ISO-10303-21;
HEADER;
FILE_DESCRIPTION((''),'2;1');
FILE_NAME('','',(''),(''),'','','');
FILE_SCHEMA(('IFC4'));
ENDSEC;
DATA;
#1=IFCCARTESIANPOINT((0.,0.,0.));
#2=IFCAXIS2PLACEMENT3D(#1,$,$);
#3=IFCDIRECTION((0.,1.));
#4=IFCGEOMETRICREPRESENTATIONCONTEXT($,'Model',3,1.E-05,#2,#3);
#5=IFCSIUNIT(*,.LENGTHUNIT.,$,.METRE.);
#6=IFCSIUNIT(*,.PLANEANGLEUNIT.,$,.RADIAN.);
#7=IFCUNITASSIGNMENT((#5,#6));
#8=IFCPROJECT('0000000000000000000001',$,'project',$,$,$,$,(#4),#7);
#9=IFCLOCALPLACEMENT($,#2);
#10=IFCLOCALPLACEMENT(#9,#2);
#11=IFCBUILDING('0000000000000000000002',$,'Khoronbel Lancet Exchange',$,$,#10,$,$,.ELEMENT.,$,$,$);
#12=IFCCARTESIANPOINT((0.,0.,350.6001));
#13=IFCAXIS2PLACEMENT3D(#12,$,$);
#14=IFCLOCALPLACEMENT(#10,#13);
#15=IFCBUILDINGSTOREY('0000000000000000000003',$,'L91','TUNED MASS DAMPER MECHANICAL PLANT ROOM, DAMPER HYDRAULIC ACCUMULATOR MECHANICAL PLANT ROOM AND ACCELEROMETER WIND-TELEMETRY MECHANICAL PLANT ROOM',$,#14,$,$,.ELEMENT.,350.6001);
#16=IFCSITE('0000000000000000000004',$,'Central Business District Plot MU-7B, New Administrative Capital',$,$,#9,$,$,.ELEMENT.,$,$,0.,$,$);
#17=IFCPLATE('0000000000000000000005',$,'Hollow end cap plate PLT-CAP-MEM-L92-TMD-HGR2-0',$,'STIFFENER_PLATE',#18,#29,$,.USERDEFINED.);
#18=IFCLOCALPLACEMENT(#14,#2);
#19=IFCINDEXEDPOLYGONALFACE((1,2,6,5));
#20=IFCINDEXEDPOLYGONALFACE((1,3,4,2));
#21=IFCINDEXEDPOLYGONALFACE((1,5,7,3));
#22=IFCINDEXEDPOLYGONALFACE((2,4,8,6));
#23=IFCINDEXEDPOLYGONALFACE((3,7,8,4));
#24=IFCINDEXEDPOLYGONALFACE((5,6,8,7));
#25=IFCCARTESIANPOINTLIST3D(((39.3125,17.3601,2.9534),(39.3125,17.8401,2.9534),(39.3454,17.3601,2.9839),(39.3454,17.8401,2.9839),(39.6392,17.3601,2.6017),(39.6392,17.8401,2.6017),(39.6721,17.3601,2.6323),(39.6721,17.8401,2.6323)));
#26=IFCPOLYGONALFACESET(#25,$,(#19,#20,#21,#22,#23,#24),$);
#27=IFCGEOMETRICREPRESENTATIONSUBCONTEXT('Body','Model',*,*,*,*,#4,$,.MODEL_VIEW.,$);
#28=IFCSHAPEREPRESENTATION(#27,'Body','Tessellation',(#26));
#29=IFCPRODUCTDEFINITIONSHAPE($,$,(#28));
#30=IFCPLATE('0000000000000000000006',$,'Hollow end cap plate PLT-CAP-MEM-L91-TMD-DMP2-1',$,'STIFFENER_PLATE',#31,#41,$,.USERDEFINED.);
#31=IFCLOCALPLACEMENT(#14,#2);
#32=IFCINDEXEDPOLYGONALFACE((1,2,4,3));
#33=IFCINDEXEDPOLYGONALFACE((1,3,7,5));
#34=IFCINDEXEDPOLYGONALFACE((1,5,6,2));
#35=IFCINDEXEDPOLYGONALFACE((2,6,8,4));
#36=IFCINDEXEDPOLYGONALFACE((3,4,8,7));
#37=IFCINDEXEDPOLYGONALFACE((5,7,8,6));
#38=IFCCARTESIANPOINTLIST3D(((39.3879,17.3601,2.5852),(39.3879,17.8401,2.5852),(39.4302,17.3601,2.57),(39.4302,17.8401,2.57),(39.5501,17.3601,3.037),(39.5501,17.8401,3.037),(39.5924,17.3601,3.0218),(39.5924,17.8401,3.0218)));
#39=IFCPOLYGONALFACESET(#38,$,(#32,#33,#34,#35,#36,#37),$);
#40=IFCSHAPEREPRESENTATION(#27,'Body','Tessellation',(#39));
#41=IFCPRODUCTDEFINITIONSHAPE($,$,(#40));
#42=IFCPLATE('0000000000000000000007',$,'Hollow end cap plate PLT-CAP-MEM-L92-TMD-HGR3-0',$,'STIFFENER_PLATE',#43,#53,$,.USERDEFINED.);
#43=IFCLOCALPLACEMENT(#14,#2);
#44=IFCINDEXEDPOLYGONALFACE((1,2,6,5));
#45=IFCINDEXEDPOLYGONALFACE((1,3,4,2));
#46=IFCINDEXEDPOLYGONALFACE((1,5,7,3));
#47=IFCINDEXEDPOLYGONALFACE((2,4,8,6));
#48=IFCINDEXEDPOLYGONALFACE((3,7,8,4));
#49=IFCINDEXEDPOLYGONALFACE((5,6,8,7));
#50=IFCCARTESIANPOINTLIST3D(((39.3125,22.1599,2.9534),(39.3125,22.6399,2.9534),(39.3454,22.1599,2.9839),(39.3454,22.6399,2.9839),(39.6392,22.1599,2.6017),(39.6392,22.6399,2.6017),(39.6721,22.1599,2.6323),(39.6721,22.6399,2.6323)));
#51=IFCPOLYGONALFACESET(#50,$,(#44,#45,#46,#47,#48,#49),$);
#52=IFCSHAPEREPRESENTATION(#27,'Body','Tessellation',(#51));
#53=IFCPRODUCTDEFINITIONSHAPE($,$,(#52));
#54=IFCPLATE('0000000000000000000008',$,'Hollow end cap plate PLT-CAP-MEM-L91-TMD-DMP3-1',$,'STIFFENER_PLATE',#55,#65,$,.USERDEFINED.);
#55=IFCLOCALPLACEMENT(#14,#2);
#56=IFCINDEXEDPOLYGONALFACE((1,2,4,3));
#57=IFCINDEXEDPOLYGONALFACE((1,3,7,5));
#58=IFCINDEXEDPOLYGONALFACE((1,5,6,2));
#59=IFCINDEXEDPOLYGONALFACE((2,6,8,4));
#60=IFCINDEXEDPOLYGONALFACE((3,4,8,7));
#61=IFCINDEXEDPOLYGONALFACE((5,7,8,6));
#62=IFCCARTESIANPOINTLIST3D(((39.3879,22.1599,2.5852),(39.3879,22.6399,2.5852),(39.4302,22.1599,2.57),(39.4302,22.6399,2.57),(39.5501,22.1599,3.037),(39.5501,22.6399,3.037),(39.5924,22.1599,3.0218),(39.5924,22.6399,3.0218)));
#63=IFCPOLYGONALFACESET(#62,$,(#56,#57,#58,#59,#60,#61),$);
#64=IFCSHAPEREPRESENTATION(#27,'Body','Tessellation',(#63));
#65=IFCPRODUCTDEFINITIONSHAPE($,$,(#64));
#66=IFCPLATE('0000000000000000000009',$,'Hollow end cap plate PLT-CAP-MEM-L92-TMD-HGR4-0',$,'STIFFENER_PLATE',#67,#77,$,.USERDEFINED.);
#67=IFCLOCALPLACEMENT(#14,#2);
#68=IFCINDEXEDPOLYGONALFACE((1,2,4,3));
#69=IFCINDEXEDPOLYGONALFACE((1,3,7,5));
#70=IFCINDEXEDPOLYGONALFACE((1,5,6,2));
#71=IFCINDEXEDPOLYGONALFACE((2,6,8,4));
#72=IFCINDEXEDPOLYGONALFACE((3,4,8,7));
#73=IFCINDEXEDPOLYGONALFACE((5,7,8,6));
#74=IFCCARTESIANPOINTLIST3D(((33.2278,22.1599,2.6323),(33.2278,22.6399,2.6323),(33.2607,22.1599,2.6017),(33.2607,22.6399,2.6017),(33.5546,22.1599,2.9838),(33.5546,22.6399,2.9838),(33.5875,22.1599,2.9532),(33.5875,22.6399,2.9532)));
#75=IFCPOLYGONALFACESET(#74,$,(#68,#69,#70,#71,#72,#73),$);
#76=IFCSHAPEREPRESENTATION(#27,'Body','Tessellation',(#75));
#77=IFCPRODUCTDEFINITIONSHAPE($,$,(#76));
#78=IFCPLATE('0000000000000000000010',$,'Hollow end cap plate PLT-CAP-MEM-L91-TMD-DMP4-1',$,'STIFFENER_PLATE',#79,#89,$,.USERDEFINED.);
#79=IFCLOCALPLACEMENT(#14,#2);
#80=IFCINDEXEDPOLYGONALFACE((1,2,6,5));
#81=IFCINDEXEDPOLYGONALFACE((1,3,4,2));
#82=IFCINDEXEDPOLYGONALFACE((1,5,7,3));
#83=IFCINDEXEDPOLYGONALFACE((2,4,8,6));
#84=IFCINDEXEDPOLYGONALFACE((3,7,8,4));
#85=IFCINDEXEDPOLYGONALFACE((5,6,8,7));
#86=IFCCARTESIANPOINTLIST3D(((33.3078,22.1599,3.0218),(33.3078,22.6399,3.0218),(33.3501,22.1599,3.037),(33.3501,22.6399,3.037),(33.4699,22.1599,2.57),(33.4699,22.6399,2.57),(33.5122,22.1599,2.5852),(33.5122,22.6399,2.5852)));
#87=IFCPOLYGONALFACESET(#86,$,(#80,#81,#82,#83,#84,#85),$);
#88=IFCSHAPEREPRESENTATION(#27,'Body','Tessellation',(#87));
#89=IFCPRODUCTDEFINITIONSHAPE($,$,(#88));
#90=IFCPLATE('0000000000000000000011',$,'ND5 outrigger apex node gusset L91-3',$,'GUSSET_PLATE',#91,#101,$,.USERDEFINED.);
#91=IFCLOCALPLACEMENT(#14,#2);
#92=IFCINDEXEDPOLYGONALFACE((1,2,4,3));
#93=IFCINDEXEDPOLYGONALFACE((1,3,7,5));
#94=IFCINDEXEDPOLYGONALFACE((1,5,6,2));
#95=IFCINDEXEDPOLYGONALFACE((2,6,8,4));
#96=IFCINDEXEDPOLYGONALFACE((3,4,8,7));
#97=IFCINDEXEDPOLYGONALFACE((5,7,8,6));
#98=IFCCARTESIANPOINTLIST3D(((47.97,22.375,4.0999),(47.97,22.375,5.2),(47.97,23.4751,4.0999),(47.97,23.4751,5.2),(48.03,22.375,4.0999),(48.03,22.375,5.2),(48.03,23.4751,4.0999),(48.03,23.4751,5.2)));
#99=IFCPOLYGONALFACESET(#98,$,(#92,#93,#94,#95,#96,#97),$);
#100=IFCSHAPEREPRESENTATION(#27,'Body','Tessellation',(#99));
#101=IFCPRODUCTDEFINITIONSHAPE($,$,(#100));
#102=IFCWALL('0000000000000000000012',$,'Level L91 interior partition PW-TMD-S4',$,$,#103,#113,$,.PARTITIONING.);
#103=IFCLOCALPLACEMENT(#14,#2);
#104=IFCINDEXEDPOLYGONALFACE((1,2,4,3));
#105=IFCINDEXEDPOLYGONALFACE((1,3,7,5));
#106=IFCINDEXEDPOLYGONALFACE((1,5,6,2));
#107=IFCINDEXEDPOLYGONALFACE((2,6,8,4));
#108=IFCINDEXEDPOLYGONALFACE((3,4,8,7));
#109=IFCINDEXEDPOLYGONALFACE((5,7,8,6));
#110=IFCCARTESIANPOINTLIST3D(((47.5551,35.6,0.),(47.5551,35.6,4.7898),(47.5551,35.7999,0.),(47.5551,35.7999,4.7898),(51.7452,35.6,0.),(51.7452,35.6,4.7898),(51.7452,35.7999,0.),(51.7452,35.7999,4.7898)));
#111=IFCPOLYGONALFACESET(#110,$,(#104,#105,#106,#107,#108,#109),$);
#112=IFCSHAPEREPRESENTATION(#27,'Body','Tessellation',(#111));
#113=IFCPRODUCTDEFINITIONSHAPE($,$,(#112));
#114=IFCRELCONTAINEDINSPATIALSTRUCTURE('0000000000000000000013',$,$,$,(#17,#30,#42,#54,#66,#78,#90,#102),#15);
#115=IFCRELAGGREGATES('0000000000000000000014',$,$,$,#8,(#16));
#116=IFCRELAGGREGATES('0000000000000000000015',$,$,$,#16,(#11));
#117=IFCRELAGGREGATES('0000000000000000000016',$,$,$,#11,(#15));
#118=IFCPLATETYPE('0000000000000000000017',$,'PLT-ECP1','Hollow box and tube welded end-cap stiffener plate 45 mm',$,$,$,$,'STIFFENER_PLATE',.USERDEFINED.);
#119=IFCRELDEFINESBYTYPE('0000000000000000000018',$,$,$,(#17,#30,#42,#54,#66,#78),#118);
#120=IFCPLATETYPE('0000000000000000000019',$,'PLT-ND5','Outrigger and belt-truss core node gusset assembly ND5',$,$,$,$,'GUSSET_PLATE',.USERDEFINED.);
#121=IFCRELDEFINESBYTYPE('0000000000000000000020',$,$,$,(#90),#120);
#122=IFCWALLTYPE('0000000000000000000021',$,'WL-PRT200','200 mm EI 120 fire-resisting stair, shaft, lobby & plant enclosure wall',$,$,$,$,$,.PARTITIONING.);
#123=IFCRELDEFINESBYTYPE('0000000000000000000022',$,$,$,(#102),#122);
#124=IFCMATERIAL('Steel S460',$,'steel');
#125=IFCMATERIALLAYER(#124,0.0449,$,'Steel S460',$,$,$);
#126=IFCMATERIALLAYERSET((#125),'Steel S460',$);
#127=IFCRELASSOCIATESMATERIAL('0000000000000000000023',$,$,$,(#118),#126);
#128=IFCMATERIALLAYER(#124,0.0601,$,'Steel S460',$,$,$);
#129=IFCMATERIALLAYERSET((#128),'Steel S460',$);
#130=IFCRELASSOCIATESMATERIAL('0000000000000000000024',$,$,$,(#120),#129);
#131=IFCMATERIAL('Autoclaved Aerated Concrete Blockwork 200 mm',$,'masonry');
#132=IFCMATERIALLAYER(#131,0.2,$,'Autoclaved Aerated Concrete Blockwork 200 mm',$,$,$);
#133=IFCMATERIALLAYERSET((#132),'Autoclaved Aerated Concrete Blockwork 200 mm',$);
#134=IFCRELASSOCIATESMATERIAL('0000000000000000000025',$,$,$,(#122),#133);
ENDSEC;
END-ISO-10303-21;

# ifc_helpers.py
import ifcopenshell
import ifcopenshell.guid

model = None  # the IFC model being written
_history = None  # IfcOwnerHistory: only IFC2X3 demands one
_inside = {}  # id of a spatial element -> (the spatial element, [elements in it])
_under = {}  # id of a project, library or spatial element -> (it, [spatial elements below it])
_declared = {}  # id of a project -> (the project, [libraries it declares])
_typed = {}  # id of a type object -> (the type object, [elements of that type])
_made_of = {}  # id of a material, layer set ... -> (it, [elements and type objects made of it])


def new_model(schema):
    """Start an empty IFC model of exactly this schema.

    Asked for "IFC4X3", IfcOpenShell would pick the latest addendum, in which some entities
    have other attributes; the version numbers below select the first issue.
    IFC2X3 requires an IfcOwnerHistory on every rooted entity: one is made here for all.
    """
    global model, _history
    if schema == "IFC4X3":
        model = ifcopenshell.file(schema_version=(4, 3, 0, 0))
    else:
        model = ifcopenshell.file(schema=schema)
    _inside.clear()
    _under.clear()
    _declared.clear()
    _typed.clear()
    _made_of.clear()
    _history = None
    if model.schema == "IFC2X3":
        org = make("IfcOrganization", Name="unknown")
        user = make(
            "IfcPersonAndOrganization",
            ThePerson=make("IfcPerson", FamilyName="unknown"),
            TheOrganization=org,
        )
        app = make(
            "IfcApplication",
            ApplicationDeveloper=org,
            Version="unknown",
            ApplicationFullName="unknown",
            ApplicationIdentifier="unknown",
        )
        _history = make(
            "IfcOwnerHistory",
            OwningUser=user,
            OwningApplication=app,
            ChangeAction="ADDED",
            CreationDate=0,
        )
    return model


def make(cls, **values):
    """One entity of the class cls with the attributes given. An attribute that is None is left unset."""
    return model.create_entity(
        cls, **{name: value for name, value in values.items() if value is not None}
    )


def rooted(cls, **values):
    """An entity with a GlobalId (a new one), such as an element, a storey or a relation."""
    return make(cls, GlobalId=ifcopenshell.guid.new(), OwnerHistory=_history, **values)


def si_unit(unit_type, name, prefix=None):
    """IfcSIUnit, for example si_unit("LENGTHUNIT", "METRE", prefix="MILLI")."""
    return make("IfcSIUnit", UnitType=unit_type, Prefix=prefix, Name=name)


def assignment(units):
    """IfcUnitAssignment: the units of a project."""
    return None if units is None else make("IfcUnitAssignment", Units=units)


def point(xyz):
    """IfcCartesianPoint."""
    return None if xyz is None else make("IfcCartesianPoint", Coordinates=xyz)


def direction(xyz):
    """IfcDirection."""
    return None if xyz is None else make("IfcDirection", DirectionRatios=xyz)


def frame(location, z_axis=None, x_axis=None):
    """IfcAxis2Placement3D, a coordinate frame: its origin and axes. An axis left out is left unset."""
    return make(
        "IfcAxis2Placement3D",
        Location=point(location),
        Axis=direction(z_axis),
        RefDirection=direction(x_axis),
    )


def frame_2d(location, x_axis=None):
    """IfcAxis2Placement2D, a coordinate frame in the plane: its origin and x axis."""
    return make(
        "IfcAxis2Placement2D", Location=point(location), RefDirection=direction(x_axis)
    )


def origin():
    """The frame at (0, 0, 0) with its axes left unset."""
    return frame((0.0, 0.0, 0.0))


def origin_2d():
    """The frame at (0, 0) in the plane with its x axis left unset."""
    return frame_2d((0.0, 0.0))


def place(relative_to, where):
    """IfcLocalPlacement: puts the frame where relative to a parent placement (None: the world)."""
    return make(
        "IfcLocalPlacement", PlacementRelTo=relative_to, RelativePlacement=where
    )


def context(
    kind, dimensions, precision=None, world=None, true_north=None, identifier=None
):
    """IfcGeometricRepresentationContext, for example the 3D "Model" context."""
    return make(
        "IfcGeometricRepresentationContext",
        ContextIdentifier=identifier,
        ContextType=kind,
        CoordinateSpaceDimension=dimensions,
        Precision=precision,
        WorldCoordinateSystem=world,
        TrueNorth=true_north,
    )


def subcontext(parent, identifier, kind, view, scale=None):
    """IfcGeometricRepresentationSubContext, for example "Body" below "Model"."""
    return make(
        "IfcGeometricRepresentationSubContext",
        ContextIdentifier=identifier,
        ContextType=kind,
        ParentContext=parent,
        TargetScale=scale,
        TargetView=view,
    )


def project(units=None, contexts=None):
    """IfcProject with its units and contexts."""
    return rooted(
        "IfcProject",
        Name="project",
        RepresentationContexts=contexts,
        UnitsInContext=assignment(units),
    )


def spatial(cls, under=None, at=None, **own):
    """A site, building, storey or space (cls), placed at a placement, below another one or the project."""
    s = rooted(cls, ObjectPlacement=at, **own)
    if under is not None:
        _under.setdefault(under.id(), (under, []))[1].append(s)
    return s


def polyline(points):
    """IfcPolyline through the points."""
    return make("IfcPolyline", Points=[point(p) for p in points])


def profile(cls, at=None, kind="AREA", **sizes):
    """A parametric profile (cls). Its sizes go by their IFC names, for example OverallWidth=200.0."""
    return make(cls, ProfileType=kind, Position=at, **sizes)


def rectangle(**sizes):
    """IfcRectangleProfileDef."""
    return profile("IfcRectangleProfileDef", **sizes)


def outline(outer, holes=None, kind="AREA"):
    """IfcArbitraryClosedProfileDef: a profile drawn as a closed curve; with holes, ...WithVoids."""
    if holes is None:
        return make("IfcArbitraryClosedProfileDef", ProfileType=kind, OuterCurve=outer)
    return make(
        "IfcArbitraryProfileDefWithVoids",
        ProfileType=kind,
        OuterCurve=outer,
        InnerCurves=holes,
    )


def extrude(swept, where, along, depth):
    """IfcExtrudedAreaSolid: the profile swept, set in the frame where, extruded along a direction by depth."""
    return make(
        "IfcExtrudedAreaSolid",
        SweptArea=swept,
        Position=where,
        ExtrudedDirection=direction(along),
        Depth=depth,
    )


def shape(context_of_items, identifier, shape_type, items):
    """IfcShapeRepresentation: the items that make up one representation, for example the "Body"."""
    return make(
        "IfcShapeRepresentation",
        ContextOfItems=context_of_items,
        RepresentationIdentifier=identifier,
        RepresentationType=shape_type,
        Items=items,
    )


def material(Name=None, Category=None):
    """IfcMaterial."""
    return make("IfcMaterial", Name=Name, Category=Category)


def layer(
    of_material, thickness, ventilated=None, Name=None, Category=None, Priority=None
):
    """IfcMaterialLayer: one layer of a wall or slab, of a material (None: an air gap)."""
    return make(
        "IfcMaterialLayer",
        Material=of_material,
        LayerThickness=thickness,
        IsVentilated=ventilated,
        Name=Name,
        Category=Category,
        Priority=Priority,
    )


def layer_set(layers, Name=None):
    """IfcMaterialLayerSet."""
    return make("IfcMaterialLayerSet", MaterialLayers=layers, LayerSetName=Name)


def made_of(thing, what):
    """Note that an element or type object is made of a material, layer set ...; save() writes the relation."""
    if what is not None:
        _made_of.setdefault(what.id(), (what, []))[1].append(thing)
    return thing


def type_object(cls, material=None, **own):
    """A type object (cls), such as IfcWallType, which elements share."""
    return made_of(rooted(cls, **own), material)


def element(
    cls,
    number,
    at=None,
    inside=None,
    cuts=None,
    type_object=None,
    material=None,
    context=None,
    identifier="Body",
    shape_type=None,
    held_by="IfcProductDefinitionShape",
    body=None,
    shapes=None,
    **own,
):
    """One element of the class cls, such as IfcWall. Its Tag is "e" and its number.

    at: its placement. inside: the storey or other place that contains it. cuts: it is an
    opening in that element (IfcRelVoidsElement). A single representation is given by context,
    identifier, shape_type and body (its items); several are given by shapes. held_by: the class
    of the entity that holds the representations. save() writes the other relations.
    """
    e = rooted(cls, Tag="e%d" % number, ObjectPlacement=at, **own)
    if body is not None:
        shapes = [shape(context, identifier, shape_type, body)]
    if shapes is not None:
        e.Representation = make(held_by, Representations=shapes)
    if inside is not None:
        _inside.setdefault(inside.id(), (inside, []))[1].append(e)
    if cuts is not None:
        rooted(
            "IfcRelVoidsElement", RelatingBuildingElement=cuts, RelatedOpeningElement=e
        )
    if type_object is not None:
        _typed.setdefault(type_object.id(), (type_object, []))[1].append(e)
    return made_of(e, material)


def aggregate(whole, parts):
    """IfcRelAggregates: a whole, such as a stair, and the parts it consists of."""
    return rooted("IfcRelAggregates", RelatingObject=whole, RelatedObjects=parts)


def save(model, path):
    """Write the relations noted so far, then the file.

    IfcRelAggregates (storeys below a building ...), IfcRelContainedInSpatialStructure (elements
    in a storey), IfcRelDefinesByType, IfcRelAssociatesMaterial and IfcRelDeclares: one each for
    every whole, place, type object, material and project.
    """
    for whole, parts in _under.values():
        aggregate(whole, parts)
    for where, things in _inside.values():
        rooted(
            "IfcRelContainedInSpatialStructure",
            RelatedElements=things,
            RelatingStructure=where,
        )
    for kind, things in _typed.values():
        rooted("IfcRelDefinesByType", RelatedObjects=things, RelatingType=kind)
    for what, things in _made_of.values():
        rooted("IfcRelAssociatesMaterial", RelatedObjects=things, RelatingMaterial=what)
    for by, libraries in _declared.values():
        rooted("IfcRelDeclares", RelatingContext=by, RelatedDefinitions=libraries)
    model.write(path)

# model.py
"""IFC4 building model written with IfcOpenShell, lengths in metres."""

from ifc_helpers import new_model, si_unit, direction, frame, frame_2d, origin, origin_2d, place, context, subcontext, project, spatial, polyline, rectangle, outline, extrude, material, layer, layer_set, type_object, element, save


model = new_model("IFC4")

# Units and contexts
model_context = context("Model", 3, precision=1e-05, world=origin(), true_north=direction((0.0, 1.0)))
body_context = subcontext(model_context, "Body", "Model", "MODEL_VIEW")
ifc_project = project(units=[si_unit("LENGTHUNIT", "METRE"), si_unit("PLANEANGLEUNIT", "RADIAN")], contexts=[model_context])

# Site, building, storey
site_placement = place(None, origin())
site = spatial("IfcSite", under=ifc_project, at=site_placement, Name="Central Business District Plot MU-7B, New Administrative Capital", CompositionType="ELEMENT", RefElevation=0.0)
building_placement = place(site_placement, origin())
building = spatial("IfcBuilding", under=site, at=building_placement, Name="Khoronbel Lancet Exchange", CompositionType="ELEMENT")
storey_placement = place(building_placement, frame((0.0, 0.0, 350.6001)))
storey = spatial("IfcBuildingStorey", under=building, at=storey_placement, Name="L91", Description="TUNED MASS DAMPER MECHANICAL PLANT ROOM, DAMPER HYDRAULIC ACCUMULATOR MECHANICAL PLANT ROOM AND ACCELEROMETER WIND-TELEMETRY MECHANICAL PLANT ROOM", CompositionType="ELEMENT", Elevation=350.6001)

# Shared definitions
ifc_material_1 = material(Name="Steel S460", Category="steel")

# Plates
ifc_layer_1 = layer(ifc_material_1, 0.0449, Name="Steel S460")
ifc_layer_set_1 = layer_set([ifc_layer_1], Name="Steel S460")
plate_type_1 = type_object("IfcPlateType", Name="PLT-ECP1", Description="Hollow box and tube welded end-cap stiffener plate 45 mm", ElementType="STIFFENER_PLATE", PredefinedType="USERDEFINED", material=ifc_layer_set_1)
for number, where, z_axis, x_axis, name in (
    (1, (39.6721, 17.3601, 2.6323), (0.732576, 0.0, 0.680685), (0.0, 1.0, 0.0), "Hollow end cap plate PLT-CAP-MEM-L92-TMD-HGR2-0"),
    (2, (39.3879, 17.8401, 2.5852), (-0.941211, 0.0, 0.337819), (0.0, -1.0, 0.0), "Hollow end cap plate PLT-CAP-MEM-L91-TMD-DMP2-1"),
    (3, (39.6721, 22.1599, 2.6323), (0.732576, 0.0, 0.680685), (0.0, 1.0, 0.0), "Hollow end cap plate PLT-CAP-MEM-L92-TMD-HGR3-0"),
    (4, (39.3879, 22.6399, 2.5852), (-0.941211, 0.0, 0.337819), (0.0, -1.0, 0.0), "Hollow end cap plate PLT-CAP-MEM-L91-TMD-DMP3-1"),
    (5, (33.2278, 22.6399, 2.6323), (-0.732322, 0.0, 0.680958), (0.0, -1.0, 0.0), "Hollow end cap plate PLT-CAP-MEM-L92-TMD-HGR4-0"),
    (6, (33.5122, 22.1599, 2.5852), (0.941211, 0.0, 0.337819), (0.0, 1.0, 0.0), "Hollow end cap plate PLT-CAP-MEM-L91-TMD-DMP4-1"),
):
    element("IfcPlate", number, at=place(storey_placement, frame(where, z_axis=z_axis, x_axis=x_axis)), inside=storey, type_object=plate_type_1, Name=name, ObjectType="STIFFENER_PLATE", PredefinedType="USERDEFINED", context=body_context, shape_type="SweptSolid", body=[
        extrude(outline(polyline([(0.0, 0.0), (0.48, 0.0), (0.48, 0.48), (0.0, 0.48), (0.0, 0.0)])), origin(), (0.0, 0.0, -1.0), 0.0449),
    ])
ifc_layer_2 = layer(ifc_material_1, 0.0601, Name="Steel S460")
ifc_layer_set_2 = layer_set([ifc_layer_2], Name="Steel S460")
plate_type_2 = type_object("IfcPlateType", Name="PLT-ND5", Description="Outrigger and belt-truss core node gusset assembly ND5", ElementType="GUSSET_PLATE", PredefinedType="USERDEFINED", material=ifc_layer_set_2)
plate_1_placement = place(storey_placement, frame((48.0, 22.925, 4.0999), z_axis=(0.0, 0.0, 1.0), x_axis=(1.0, 0.0, 0.0)))
element("IfcPlate", 7, at=plate_1_placement, inside=storey, type_object=plate_type_2, Name="ND5 outrigger apex node gusset L91-3", ObjectType="GUSSET_PLATE", PredefinedType="USERDEFINED", context=body_context, shape_type="SweptSolid", body=[
    extrude(rectangle(XDim=0.0601, YDim=1.1001, at=origin_2d()), origin(), (0.0, 0.0, 1.0), 1.1001),
])

# Wall
ifc_material_2 = material(Name="Autoclaved Aerated Concrete Blockwork 200 mm", Category="masonry")
ifc_layer_3 = layer(ifc_material_2, 0.2, Name="Autoclaved Aerated Concrete Blockwork 200 mm")
ifc_layer_set_3 = layer_set([ifc_layer_3], Name="Autoclaved Aerated Concrete Blockwork 200 mm")
wall_type = type_object("IfcWallType", Name="WL-PRT200", Description="200 mm EI 120 fire-resisting stair, shaft, lobby & plant enclosure wall", PredefinedType="PARTITIONING", material=ifc_layer_set_3)
wall_placement = place(storey_placement, frame((47.5549, 35.7, 0.0), z_axis=(0.0, 0.0, 1.0), x_axis=(1.0, 0.0, 0.0)))
element("IfcWall", 8, at=wall_placement, inside=storey, type_object=wall_type, Name="Level L91 interior partition PW-TMD-S4", PredefinedType="PARTITIONING", context=body_context, shape_type="SweptSolid", body=[
    extrude(rectangle(XDim=4.1902, YDim=0.2, at=frame_2d((2.0952, 0.0))), origin(), (0.0, 0.0, 1.0), 4.7898),
])

save(model, "model.ifc")
